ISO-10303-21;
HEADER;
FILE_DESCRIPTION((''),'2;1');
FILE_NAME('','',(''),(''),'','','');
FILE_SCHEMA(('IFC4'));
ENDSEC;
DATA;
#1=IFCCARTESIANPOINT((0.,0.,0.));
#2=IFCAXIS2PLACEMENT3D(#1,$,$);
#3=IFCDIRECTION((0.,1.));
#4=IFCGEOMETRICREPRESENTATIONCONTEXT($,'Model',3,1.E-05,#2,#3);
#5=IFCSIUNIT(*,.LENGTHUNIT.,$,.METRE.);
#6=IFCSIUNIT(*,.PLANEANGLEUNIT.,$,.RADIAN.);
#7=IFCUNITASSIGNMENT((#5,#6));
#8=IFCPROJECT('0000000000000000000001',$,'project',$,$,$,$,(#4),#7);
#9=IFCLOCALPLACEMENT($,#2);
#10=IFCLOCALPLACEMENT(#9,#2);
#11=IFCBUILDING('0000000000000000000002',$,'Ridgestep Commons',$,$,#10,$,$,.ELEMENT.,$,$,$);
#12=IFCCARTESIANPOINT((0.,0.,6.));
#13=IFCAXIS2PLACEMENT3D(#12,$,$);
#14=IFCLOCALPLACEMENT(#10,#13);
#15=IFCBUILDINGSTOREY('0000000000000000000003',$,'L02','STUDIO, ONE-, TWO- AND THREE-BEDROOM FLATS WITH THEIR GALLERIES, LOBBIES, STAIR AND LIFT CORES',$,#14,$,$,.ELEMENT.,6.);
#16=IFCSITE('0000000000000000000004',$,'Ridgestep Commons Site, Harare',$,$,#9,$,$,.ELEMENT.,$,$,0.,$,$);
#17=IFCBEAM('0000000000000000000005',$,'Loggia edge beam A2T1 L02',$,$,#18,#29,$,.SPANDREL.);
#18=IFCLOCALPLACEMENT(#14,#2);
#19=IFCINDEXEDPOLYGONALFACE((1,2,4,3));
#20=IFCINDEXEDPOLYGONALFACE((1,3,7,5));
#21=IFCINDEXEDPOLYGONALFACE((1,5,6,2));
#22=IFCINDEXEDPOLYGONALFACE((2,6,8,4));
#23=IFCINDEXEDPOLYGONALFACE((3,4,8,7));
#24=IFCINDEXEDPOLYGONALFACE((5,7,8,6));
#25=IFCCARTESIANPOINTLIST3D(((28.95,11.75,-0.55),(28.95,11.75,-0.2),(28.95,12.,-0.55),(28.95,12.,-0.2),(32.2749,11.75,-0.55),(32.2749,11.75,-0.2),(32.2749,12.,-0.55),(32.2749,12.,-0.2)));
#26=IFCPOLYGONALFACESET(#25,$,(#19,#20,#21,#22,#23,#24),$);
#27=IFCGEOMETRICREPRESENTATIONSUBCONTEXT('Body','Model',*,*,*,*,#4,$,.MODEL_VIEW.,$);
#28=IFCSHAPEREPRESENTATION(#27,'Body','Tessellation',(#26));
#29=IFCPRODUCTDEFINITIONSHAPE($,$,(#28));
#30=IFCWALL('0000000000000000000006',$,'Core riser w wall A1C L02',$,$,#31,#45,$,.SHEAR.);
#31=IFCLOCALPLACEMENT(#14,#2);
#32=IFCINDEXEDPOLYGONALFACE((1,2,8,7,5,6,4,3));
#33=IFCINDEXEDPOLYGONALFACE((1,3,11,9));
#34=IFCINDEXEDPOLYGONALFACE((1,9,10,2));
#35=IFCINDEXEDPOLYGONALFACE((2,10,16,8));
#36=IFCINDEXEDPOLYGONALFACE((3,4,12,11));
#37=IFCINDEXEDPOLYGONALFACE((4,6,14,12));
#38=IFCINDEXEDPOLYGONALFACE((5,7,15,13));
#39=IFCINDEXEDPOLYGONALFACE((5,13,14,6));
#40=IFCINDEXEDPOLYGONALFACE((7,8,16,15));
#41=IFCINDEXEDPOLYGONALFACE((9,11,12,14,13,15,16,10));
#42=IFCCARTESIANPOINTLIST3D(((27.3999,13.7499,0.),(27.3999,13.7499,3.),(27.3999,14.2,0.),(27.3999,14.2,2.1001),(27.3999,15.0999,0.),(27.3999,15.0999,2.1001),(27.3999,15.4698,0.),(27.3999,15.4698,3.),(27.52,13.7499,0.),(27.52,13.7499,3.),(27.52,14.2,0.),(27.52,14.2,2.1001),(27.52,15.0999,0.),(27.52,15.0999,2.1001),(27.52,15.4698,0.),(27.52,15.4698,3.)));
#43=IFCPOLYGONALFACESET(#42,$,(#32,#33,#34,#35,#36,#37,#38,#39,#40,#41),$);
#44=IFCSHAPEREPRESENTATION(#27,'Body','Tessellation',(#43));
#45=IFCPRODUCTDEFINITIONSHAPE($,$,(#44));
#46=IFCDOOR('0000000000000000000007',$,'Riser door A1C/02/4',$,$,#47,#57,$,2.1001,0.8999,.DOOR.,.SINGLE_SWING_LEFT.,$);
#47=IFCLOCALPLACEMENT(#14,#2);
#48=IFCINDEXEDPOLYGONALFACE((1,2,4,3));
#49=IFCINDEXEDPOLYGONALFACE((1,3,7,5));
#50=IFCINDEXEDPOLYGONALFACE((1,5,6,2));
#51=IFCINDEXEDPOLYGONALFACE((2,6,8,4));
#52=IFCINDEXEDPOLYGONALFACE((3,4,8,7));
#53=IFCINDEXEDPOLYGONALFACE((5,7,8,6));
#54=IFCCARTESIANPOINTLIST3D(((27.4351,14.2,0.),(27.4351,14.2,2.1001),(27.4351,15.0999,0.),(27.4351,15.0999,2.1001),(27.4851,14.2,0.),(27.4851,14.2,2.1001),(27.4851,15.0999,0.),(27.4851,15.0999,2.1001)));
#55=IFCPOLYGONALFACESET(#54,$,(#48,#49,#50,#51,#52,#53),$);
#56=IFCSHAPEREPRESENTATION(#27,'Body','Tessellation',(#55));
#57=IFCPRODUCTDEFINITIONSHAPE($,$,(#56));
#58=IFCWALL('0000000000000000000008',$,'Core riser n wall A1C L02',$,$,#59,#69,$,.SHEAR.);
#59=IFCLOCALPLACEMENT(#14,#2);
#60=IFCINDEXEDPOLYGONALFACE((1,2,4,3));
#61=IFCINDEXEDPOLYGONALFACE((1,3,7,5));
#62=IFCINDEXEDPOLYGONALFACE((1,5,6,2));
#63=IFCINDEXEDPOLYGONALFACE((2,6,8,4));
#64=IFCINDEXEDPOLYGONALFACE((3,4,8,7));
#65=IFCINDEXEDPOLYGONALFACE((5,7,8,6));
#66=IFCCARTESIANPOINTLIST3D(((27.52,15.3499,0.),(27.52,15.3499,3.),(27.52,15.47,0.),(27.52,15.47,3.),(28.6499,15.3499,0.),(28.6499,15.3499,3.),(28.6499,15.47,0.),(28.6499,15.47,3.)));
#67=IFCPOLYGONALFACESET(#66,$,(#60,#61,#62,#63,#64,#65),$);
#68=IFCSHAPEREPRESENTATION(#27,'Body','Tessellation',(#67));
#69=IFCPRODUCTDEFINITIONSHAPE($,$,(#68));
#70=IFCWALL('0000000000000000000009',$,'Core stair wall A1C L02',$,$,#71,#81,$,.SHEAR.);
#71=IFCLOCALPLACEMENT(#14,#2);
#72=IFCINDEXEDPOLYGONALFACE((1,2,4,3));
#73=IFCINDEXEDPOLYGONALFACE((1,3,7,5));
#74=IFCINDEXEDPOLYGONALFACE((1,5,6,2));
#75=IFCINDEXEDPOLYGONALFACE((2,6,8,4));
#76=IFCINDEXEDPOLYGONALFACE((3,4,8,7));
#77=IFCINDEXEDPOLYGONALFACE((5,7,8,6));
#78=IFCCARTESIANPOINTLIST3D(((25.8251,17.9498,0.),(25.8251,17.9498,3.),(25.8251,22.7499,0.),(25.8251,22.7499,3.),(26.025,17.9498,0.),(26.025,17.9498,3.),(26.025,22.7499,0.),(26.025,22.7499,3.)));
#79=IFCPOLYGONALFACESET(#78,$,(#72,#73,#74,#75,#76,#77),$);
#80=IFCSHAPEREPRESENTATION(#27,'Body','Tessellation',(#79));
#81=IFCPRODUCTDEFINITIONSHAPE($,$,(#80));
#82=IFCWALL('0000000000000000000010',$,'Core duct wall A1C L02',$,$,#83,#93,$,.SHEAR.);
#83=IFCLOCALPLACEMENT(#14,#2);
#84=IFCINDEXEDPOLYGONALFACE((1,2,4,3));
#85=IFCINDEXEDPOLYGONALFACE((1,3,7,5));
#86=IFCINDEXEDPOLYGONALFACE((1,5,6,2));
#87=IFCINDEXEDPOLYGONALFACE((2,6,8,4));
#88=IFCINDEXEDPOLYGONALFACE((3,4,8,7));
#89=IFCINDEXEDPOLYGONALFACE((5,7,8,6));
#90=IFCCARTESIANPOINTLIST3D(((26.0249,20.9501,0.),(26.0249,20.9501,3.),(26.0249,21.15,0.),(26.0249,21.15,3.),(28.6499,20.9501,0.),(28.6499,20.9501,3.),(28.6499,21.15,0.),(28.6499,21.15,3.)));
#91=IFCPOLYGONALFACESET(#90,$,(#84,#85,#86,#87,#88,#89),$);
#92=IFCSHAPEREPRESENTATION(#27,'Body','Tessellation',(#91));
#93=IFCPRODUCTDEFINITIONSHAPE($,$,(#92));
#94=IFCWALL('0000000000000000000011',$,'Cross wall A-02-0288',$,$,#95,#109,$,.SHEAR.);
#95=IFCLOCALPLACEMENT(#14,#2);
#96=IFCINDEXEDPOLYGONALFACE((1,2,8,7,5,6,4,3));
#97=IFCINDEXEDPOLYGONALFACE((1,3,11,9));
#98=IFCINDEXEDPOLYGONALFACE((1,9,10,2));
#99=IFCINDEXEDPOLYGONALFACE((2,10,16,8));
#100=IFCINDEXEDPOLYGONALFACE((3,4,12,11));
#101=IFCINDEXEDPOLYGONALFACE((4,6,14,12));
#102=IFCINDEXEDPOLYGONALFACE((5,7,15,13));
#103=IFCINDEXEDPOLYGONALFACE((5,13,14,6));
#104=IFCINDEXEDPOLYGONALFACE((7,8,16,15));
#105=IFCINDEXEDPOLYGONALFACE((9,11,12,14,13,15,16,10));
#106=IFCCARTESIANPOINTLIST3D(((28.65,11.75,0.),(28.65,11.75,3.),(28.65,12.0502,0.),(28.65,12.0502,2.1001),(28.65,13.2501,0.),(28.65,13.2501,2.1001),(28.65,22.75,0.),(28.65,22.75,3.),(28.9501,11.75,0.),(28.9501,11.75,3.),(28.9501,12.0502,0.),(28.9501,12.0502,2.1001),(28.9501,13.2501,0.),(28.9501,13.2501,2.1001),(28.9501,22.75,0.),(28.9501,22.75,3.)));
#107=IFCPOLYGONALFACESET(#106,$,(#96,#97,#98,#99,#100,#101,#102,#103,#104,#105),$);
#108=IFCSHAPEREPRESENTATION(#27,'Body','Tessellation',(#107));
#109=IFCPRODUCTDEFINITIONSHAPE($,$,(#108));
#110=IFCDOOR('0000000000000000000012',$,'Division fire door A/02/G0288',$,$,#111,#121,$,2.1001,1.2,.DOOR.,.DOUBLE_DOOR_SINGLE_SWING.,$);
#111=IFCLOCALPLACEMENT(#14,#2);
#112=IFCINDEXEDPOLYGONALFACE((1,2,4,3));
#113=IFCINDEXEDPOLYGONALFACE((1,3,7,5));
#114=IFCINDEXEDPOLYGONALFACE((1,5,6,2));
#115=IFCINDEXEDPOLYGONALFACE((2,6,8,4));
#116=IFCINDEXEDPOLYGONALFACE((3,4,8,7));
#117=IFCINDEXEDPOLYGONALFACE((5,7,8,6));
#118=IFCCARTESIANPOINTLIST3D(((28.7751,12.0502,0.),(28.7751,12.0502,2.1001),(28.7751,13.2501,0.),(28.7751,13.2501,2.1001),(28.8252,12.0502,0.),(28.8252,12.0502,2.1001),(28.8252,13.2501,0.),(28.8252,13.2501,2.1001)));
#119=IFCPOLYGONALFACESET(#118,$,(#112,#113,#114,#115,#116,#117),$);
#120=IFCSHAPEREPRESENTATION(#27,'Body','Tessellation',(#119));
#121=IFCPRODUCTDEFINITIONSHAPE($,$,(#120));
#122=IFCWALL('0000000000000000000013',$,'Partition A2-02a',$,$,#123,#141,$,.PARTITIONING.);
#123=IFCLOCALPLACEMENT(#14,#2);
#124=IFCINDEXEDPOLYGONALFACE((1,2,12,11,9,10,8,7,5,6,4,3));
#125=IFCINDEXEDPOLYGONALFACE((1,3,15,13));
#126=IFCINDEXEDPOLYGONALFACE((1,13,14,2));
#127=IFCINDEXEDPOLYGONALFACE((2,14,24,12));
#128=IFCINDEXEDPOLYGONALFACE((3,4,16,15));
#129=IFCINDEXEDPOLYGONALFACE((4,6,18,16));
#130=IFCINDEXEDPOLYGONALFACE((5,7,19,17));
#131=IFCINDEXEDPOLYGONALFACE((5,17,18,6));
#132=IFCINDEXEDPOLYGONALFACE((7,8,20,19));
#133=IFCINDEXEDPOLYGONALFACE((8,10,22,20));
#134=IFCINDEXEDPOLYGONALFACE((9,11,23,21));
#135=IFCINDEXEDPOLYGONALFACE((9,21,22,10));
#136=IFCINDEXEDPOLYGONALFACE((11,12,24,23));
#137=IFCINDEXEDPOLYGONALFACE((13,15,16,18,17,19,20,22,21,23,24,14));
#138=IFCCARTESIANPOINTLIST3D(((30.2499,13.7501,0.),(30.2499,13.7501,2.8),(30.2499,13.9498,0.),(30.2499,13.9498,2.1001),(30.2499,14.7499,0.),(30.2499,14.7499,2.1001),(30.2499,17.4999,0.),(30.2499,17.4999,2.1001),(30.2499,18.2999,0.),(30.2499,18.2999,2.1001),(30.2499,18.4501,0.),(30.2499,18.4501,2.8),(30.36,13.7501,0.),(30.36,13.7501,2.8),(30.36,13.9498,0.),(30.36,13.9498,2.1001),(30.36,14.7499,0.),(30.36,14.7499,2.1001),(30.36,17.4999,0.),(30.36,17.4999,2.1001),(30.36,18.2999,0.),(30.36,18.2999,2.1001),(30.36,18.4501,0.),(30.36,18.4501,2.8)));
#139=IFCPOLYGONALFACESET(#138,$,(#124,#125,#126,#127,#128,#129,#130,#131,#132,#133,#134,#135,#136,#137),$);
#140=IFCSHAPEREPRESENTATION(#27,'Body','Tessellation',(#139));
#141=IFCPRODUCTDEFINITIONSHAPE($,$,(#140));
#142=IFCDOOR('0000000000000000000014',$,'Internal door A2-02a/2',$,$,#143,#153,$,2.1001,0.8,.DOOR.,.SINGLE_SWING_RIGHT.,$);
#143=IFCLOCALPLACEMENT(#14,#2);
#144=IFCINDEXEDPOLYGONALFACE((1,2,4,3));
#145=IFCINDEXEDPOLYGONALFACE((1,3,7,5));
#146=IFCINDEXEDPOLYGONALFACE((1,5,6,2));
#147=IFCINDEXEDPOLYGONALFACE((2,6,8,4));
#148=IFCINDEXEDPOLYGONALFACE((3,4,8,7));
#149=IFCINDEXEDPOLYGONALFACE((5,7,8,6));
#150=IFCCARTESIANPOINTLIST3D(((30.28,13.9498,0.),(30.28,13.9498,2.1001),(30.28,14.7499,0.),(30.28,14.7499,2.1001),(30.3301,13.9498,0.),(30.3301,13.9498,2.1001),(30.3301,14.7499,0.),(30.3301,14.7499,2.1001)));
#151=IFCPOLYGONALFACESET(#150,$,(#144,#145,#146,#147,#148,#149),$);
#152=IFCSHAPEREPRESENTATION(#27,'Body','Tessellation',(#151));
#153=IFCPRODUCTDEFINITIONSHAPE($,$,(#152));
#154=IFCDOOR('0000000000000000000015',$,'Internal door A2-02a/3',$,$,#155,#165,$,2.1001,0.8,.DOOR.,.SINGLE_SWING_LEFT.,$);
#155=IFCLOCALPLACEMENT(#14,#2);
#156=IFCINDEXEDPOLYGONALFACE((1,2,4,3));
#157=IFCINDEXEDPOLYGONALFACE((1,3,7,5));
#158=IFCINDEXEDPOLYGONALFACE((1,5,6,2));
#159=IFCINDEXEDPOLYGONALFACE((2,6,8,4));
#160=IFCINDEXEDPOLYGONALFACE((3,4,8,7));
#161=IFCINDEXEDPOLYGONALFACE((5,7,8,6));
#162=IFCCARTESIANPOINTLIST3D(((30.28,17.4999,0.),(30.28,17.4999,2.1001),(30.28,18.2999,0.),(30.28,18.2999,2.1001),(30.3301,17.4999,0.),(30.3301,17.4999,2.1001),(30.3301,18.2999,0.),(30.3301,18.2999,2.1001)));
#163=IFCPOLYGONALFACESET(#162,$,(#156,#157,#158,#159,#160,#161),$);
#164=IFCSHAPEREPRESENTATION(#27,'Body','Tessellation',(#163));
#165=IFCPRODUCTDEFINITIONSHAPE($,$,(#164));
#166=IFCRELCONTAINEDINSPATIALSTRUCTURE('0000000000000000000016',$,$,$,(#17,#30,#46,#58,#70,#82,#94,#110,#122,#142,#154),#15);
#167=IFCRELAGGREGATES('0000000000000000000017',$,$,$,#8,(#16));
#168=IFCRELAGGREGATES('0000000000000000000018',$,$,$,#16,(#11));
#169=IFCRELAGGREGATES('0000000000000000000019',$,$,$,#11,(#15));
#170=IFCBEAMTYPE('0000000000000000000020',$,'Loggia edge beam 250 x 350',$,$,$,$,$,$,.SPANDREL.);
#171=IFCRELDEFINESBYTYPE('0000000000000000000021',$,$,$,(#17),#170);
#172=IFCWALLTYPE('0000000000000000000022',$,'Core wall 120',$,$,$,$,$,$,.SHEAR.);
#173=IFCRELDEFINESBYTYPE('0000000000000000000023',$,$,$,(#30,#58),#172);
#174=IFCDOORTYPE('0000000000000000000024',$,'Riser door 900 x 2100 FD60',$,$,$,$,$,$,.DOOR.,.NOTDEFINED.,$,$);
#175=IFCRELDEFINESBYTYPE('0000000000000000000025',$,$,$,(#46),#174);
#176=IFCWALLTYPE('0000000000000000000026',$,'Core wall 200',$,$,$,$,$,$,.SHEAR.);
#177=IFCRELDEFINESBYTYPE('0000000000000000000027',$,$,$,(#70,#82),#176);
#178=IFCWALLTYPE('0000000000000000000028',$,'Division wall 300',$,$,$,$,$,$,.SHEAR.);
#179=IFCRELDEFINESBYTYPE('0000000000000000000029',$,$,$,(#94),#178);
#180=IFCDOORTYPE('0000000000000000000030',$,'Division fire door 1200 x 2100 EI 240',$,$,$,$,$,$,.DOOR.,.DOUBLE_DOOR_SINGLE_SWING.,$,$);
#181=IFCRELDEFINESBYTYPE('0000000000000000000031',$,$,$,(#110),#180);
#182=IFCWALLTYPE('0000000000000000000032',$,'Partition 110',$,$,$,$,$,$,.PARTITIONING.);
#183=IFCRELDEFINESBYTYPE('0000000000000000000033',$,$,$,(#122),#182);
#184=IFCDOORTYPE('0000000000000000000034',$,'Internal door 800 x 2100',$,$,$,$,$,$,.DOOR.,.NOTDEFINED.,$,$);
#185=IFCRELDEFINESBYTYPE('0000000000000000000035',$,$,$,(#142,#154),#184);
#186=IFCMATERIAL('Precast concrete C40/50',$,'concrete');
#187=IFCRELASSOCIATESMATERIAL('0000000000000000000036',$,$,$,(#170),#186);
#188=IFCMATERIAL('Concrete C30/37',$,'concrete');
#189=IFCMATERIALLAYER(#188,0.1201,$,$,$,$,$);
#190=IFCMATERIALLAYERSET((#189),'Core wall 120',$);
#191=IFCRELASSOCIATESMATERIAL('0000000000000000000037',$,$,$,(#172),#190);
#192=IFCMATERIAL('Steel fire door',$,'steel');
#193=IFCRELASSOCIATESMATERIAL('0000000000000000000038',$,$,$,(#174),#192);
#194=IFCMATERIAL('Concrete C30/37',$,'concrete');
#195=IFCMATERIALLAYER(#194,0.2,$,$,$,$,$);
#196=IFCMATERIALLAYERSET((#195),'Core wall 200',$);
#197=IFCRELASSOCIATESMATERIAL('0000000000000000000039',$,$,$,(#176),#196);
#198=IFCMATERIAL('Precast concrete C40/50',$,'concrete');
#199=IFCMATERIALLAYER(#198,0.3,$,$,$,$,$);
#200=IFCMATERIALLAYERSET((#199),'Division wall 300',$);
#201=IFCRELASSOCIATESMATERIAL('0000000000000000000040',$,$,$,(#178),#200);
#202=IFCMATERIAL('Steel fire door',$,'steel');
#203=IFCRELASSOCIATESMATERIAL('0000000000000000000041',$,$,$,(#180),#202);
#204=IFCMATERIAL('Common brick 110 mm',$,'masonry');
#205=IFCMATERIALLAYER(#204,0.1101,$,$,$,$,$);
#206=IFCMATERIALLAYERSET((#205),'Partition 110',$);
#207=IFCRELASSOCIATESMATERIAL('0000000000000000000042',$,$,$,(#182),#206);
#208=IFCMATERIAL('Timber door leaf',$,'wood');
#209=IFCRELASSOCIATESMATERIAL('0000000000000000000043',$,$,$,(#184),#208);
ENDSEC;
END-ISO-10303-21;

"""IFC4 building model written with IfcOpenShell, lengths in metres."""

from ifc_helpers import new_model, si_unit, direction, frame, frame_2d, origin, origin_2d, place, context, subcontext, project, spatial, rectangle, extrude, material, layer, layer_set, material_profile, profile_set, type_object, element, fill, save


model = new_model("IFC4")

# Units and contexts
model_context = context("Model", 3, precision=1e-05, world=origin(), true_north=direction((0.0, 1.0)))
body_context = subcontext(model_context, "Body", "Model", "MODEL_VIEW")
ifc_project = project(units=[si_unit("LENGTHUNIT", "METRE"), si_unit("PLANEANGLEUNIT", "RADIAN")], contexts=[model_context])

# Site, building, storey
site_placement = place(None, origin())
site = spatial("IfcSite", under=ifc_project, at=site_placement, Name="Ridgestep Commons Site, Harare", CompositionType="ELEMENT", RefElevation=0.0)
building_placement = place(site_placement, origin())
building = spatial("IfcBuilding", under=site, at=building_placement, Name="Ridgestep Commons", CompositionType="ELEMENT")
storey_placement = place(building_placement, frame((0.0, 0.0, 6.0)))
storey = spatial("IfcBuildingStorey", under=building, at=storey_placement, Name="L02", Description="STUDIO, ONE-, TWO- AND THREE-BEDROOM FLATS WITH THEIR GALLERIES, LOBBIES, STAIR AND LIFT CORES", CompositionType="ELEMENT", Elevation=6.0)

# Beam
ifc_material_1 = material(Name="Precast concrete C40/50", Category="concrete")
ifc_material_profile = material_profile(ifc_material_1, rectangle(XDim=0.25, YDim=0.3501, at=origin_2d()), Name="PC 250x350")
ifc_profile_set = profile_set([ifc_material_profile], Name="Precast concrete C40/50")
beam_type = type_object("IfcBeamType", Name="Loggia edge beam 250 x 350", PredefinedType="SPANDREL", material=ifc_profile_set)
beam_placement = place(storey_placement, frame((28.95, 11.875, -0.375), z_axis=(1.0, 0.0, 0.0), x_axis=(0.0, 1.0, 0.0)))
element("IfcBeam", 1, at=beam_placement, inside=storey, type_object=beam_type, Name="Loggia edge beam A2T1 L02", PredefinedType="SPANDREL", context=body_context, shape_type="SweptSolid", body=[
    extrude(rectangle(XDim=0.25, YDim=0.3501, at=origin_2d()), origin(), (0.0, 0.0, 1.0), 3.325),
])

# Wall, opening, door
ifc_material_2 = material(Name="Concrete C30/37", Category="concrete")
ifc_layer_1 = layer(ifc_material_2, 0.1201)
ifc_layer_set_1 = layer_set([ifc_layer_1], Name="Core wall 120")
wall_type_1 = type_object("IfcWallType", Name="Core wall 120", PredefinedType="SHEAR", material=ifc_layer_set_1)
wall_1_placement = place(storey_placement, frame((27.46, 13.75, 0.0), z_axis=(0.0, 0.0, 1.0), x_axis=(0.0, 1.0, 0.0)))
wall_1 = element("IfcWall", 2, at=wall_1_placement, inside=storey, type_object=wall_type_1, Name="Core riser w wall A1C L02", PredefinedType="SHEAR", context=body_context, shape_type="SweptSolid", body=[
    extrude(rectangle(XDim=1.72, YDim=0.1201, at=frame_2d((0.8599, 0.0))), origin(), (0.0, 0.0, 1.0), 3.0),
])
opening_1_placement = place(wall_1_placement, frame((0.45, 0.0, 0.0)))
opening_1 = element("IfcOpeningElement", 3, at=opening_1_placement, cuts=wall_1, PredefinedType="OPENING", context=body_context, shape_type="SweptSolid", body=[
    extrude(rectangle(XDim=0.8999, YDim=2.1001, at=frame_2d((0.45, 1.05))), frame((0.0, 0.0701, 0.0), z_axis=(0.0, -1.0, 0.0), x_axis=(1.0, 0.0, 0.0)), (0.0, 0.0, 1.0), 0.1401),
])
ifc_material_3 = material(Name="Steel fire door", Category="steel")
door_type_1 = type_object("IfcDoorType", Name="Riser door 900 x 2100 FD60", OperationType="NOTDEFINED", PredefinedType="DOOR", material=ifc_material_3)
door_1_placement = place(opening_1_placement, origin())
door_1 = element("IfcDoor", 4, at=door_1_placement, inside=storey, type_object=door_type_1, Name="Riser door A1C/02/4", OperationType="SINGLE_SWING_LEFT", OverallHeight=2.1001, OverallWidth=0.8999, PredefinedType="DOOR", context=body_context, shape_type="SweptSolid", body=[
    extrude(rectangle(XDim=0.8999, YDim=2.1001, at=frame_2d((0.45, 1.05))), frame((0.0, 0.0249, 0.0), z_axis=(0.0, -1.0, 0.0), x_axis=(1.0, 0.0, 0.0)), (0.0, 0.0, 1.0), 0.05),
])
fill(opening_1, door_1)

# Walls
wall_2_placement = place(storey_placement, frame((27.52, 15.4099, 0.0), z_axis=(0.0, 0.0, 1.0), x_axis=(1.0, 0.0, 0.0)))
element("IfcWall", 5, at=wall_2_placement, inside=storey, type_object=wall_type_1, Name="Core riser n wall A1C L02", PredefinedType="SHEAR", context=body_context, shape_type="SweptSolid", body=[
    extrude(rectangle(XDim=1.1299, YDim=0.1201, at=frame_2d((0.5649, 0.0))), origin(), (0.0, 0.0, 1.0), 3.0),
])
ifc_material_4 = material(Name="Concrete C30/37", Category="concrete")
ifc_layer_2 = layer(ifc_material_4, 0.2)
ifc_layer_set_2 = layer_set([ifc_layer_2], Name="Core wall 200")
wall_type_2 = type_object("IfcWallType", Name="Core wall 200", PredefinedType="SHEAR", material=ifc_layer_set_2)
wall_3_placement = place(storey_placement, frame((25.925, 17.95, 0.0), z_axis=(0.0, 0.0, 1.0), x_axis=(0.0, 1.0, 0.0)))
element("IfcWall", 6, at=wall_3_placement, inside=storey, type_object=wall_type_2, Name="Core stair wall A1C L02", PredefinedType="SHEAR", context=body_context, shape_type="SweptSolid", body=[
    extrude(rectangle(XDim=4.8, YDim=0.2, at=frame_2d((2.3999, 0.0))), origin(), (0.0, 0.0, 1.0), 3.0),
])
wall_4_placement = place(storey_placement, frame((26.0249, 21.05, 0.0), z_axis=(0.0, 0.0, 1.0), x_axis=(1.0, 0.0, 0.0)))
element("IfcWall", 7, at=wall_4_placement, inside=storey, type_object=wall_type_2, Name="Core duct wall A1C L02", PredefinedType="SHEAR", context=body_context, shape_type="SweptSolid", body=[
    extrude(rectangle(XDim=2.625, YDim=0.2, at=frame_2d((1.3125, 0.0))), origin(), (0.0, 0.0, 1.0), 3.0),
])

# Wall, opening, door
ifc_material_5 = material(Name="Precast concrete C40/50", Category="concrete")
ifc_layer_3 = layer(ifc_material_5, 0.3)
ifc_layer_set_3 = layer_set([ifc_layer_3], Name="Division wall 300")
wall_type_3 = type_object("IfcWallType", Name="Division wall 300", PredefinedType="SHEAR", material=ifc_layer_set_3)
wall_5_placement = place(storey_placement, frame((28.8, 11.75, 0.0), z_axis=(0.0, 0.0, 1.0), x_axis=(0.0, 1.0, 0.0)))
wall_5 = element("IfcWall", 8, at=wall_5_placement, inside=storey, type_object=wall_type_3, Name="Cross wall A-02-0288", PredefinedType="SHEAR", context=body_context, shape_type="SweptSolid", body=[
    extrude(rectangle(XDim=11.0, YDim=0.3, at=frame_2d((5.5, 0.0))), origin(), (0.0, 0.0, 1.0), 3.0),
])
opening_2_placement = place(wall_5_placement, frame((0.3, 0.0, 0.0)))
opening_2 = element("IfcOpeningElement", 9, at=opening_2_placement, cuts=wall_5, PredefinedType="OPENING", context=body_context, shape_type="SweptSolid", body=[
    extrude(rectangle(XDim=1.2, YDim=2.1001, at=frame_2d((0.6001, 1.05))), frame((0.0, 0.1599, 0.0), z_axis=(0.0, -1.0, 0.0), x_axis=(1.0, 0.0, 0.0)), (0.0, 0.0, 1.0), 0.3201),
])
ifc_material_6 = material(Name="Steel fire door", Category="steel")
door_type_2 = type_object("IfcDoorType", Name="Division fire door 1200 x 2100 EI 240", OperationType="DOUBLE_DOOR_SINGLE_SWING", PredefinedType="DOOR", material=ifc_material_6)
door_2_placement = place(opening_2_placement, origin())
door_2 = element("IfcDoor", 10, at=door_2_placement, inside=storey, type_object=door_type_2, Name="Division fire door A/02/G0288", OperationType="DOUBLE_DOOR_SINGLE_SWING", OverallHeight=2.1001, OverallWidth=1.2, PredefinedType="DOOR", context=body_context, shape_type="SweptSolid", body=[
    extrude(rectangle(XDim=1.2, YDim=2.1001, at=frame_2d((0.6001, 1.05))), frame((0.0, 0.0249, 0.0), z_axis=(0.0, -1.0, 0.0), x_axis=(1.0, 0.0, 0.0)), (0.0, 0.0, 1.0), 0.05),
])
fill(opening_2, door_2)

# Wall, openings, doors
ifc_material_7 = material(Name="Common brick 110 mm", Category="masonry")
ifc_layer_4 = layer(ifc_material_7, 0.1101)
ifc_layer_set_4 = layer_set([ifc_layer_4], Name="Partition 110")
wall_type_4 = type_object("IfcWallType", Name="Partition 110", PredefinedType="PARTITIONING", material=ifc_layer_set_4)
wall_6_placement = place(storey_placement, frame((30.3049, 13.75, 0.0), z_axis=(0.0, 0.0, 1.0), x_axis=(0.0, 1.0, 0.0)))
wall_6 = element("IfcWall", 11, at=wall_6_placement, inside=storey, type_object=wall_type_4, Name="Partition A2-02a", PredefinedType="PARTITIONING", context=body_context, shape_type="SweptSolid", body=[
    extrude(rectangle(XDim=4.7, YDim=0.1101, at=frame_2d((2.3501, 0.0))), origin(), (0.0, 0.0, 1.0), 2.8),
])
opening_3_placement = place(wall_6_placement, frame((0.2, 0.0, 0.0)))
opening_3 = element("IfcOpeningElement", 12, at=opening_3_placement, cuts=wall_6, PredefinedType="OPENING", context=body_context, shape_type="SweptSolid", body=[
    extrude(rectangle(XDim=0.8, YDim=2.1001, at=frame_2d((0.3999, 1.05))), frame((0.0, 0.0649, 0.0), z_axis=(0.0, -1.0, 0.0), x_axis=(1.0, 0.0, 0.0)), (0.0, 0.0, 1.0), 0.1301),
])
opening_4_placement = place(wall_6_placement, frame((3.75, 0.0, 0.0)))
opening_4 = element("IfcOpeningElement", 13, at=opening_4_placement, cuts=wall_6, PredefinedType="OPENING", context=body_context, shape_type="SweptSolid", body=[
    extrude(rectangle(XDim=0.8, YDim=2.1001, at=frame_2d((0.3999, 1.05))), frame((0.0, 0.0649, 0.0), z_axis=(0.0, -1.0, 0.0), x_axis=(1.0, 0.0, 0.0)), (0.0, 0.0, 1.0), 0.1301),
])
ifc_material_8 = material(Name="Timber door leaf", Category="wood")
door_type_3 = type_object("IfcDoorType", Name="Internal door 800 x 2100", OperationType="NOTDEFINED", PredefinedType="DOOR", material=ifc_material_8)
door_3_placement = place(opening_3_placement, origin())
door_3 = element("IfcDoor", 14, at=door_3_placement, inside=storey, type_object=door_type_3, Name="Internal door A2-02a/2", OperationType="SINGLE_SWING_RIGHT", OverallHeight=2.1001, OverallWidth=0.8, PredefinedType="DOOR", context=body_context, shape_type="SweptSolid", body=[
    extrude(rectangle(XDim=0.8, YDim=2.1001, at=frame_2d((0.3999, 1.05))), frame((0.0, 0.0249, 0.0), z_axis=(0.0, -1.0, 0.0), x_axis=(1.0, 0.0, 0.0)), (0.0, 0.0, 1.0), 0.05),
])
fill(opening_3, door_3)
door_4_placement = place(opening_4_placement, origin())
door_4 = element("IfcDoor", 15, at=door_4_placement, inside=storey, type_object=door_type_3, Name="Internal door A2-02a/3", OperationType="SINGLE_SWING_LEFT", OverallHeight=2.1001, OverallWidth=0.8, PredefinedType="DOOR", context=body_context, shape_type="SweptSolid", body=[
    extrude(rectangle(XDim=0.8, YDim=2.1001, at=frame_2d((0.3999, 1.05))), frame((0.0, 0.0249, 0.0), z_axis=(0.0, -1.0, 0.0), x_axis=(1.0, 0.0, 0.0)), (0.0, 0.0, 1.0), 0.05),
])
fill(opening_4, door_4)

save(model, "model.ifc")
